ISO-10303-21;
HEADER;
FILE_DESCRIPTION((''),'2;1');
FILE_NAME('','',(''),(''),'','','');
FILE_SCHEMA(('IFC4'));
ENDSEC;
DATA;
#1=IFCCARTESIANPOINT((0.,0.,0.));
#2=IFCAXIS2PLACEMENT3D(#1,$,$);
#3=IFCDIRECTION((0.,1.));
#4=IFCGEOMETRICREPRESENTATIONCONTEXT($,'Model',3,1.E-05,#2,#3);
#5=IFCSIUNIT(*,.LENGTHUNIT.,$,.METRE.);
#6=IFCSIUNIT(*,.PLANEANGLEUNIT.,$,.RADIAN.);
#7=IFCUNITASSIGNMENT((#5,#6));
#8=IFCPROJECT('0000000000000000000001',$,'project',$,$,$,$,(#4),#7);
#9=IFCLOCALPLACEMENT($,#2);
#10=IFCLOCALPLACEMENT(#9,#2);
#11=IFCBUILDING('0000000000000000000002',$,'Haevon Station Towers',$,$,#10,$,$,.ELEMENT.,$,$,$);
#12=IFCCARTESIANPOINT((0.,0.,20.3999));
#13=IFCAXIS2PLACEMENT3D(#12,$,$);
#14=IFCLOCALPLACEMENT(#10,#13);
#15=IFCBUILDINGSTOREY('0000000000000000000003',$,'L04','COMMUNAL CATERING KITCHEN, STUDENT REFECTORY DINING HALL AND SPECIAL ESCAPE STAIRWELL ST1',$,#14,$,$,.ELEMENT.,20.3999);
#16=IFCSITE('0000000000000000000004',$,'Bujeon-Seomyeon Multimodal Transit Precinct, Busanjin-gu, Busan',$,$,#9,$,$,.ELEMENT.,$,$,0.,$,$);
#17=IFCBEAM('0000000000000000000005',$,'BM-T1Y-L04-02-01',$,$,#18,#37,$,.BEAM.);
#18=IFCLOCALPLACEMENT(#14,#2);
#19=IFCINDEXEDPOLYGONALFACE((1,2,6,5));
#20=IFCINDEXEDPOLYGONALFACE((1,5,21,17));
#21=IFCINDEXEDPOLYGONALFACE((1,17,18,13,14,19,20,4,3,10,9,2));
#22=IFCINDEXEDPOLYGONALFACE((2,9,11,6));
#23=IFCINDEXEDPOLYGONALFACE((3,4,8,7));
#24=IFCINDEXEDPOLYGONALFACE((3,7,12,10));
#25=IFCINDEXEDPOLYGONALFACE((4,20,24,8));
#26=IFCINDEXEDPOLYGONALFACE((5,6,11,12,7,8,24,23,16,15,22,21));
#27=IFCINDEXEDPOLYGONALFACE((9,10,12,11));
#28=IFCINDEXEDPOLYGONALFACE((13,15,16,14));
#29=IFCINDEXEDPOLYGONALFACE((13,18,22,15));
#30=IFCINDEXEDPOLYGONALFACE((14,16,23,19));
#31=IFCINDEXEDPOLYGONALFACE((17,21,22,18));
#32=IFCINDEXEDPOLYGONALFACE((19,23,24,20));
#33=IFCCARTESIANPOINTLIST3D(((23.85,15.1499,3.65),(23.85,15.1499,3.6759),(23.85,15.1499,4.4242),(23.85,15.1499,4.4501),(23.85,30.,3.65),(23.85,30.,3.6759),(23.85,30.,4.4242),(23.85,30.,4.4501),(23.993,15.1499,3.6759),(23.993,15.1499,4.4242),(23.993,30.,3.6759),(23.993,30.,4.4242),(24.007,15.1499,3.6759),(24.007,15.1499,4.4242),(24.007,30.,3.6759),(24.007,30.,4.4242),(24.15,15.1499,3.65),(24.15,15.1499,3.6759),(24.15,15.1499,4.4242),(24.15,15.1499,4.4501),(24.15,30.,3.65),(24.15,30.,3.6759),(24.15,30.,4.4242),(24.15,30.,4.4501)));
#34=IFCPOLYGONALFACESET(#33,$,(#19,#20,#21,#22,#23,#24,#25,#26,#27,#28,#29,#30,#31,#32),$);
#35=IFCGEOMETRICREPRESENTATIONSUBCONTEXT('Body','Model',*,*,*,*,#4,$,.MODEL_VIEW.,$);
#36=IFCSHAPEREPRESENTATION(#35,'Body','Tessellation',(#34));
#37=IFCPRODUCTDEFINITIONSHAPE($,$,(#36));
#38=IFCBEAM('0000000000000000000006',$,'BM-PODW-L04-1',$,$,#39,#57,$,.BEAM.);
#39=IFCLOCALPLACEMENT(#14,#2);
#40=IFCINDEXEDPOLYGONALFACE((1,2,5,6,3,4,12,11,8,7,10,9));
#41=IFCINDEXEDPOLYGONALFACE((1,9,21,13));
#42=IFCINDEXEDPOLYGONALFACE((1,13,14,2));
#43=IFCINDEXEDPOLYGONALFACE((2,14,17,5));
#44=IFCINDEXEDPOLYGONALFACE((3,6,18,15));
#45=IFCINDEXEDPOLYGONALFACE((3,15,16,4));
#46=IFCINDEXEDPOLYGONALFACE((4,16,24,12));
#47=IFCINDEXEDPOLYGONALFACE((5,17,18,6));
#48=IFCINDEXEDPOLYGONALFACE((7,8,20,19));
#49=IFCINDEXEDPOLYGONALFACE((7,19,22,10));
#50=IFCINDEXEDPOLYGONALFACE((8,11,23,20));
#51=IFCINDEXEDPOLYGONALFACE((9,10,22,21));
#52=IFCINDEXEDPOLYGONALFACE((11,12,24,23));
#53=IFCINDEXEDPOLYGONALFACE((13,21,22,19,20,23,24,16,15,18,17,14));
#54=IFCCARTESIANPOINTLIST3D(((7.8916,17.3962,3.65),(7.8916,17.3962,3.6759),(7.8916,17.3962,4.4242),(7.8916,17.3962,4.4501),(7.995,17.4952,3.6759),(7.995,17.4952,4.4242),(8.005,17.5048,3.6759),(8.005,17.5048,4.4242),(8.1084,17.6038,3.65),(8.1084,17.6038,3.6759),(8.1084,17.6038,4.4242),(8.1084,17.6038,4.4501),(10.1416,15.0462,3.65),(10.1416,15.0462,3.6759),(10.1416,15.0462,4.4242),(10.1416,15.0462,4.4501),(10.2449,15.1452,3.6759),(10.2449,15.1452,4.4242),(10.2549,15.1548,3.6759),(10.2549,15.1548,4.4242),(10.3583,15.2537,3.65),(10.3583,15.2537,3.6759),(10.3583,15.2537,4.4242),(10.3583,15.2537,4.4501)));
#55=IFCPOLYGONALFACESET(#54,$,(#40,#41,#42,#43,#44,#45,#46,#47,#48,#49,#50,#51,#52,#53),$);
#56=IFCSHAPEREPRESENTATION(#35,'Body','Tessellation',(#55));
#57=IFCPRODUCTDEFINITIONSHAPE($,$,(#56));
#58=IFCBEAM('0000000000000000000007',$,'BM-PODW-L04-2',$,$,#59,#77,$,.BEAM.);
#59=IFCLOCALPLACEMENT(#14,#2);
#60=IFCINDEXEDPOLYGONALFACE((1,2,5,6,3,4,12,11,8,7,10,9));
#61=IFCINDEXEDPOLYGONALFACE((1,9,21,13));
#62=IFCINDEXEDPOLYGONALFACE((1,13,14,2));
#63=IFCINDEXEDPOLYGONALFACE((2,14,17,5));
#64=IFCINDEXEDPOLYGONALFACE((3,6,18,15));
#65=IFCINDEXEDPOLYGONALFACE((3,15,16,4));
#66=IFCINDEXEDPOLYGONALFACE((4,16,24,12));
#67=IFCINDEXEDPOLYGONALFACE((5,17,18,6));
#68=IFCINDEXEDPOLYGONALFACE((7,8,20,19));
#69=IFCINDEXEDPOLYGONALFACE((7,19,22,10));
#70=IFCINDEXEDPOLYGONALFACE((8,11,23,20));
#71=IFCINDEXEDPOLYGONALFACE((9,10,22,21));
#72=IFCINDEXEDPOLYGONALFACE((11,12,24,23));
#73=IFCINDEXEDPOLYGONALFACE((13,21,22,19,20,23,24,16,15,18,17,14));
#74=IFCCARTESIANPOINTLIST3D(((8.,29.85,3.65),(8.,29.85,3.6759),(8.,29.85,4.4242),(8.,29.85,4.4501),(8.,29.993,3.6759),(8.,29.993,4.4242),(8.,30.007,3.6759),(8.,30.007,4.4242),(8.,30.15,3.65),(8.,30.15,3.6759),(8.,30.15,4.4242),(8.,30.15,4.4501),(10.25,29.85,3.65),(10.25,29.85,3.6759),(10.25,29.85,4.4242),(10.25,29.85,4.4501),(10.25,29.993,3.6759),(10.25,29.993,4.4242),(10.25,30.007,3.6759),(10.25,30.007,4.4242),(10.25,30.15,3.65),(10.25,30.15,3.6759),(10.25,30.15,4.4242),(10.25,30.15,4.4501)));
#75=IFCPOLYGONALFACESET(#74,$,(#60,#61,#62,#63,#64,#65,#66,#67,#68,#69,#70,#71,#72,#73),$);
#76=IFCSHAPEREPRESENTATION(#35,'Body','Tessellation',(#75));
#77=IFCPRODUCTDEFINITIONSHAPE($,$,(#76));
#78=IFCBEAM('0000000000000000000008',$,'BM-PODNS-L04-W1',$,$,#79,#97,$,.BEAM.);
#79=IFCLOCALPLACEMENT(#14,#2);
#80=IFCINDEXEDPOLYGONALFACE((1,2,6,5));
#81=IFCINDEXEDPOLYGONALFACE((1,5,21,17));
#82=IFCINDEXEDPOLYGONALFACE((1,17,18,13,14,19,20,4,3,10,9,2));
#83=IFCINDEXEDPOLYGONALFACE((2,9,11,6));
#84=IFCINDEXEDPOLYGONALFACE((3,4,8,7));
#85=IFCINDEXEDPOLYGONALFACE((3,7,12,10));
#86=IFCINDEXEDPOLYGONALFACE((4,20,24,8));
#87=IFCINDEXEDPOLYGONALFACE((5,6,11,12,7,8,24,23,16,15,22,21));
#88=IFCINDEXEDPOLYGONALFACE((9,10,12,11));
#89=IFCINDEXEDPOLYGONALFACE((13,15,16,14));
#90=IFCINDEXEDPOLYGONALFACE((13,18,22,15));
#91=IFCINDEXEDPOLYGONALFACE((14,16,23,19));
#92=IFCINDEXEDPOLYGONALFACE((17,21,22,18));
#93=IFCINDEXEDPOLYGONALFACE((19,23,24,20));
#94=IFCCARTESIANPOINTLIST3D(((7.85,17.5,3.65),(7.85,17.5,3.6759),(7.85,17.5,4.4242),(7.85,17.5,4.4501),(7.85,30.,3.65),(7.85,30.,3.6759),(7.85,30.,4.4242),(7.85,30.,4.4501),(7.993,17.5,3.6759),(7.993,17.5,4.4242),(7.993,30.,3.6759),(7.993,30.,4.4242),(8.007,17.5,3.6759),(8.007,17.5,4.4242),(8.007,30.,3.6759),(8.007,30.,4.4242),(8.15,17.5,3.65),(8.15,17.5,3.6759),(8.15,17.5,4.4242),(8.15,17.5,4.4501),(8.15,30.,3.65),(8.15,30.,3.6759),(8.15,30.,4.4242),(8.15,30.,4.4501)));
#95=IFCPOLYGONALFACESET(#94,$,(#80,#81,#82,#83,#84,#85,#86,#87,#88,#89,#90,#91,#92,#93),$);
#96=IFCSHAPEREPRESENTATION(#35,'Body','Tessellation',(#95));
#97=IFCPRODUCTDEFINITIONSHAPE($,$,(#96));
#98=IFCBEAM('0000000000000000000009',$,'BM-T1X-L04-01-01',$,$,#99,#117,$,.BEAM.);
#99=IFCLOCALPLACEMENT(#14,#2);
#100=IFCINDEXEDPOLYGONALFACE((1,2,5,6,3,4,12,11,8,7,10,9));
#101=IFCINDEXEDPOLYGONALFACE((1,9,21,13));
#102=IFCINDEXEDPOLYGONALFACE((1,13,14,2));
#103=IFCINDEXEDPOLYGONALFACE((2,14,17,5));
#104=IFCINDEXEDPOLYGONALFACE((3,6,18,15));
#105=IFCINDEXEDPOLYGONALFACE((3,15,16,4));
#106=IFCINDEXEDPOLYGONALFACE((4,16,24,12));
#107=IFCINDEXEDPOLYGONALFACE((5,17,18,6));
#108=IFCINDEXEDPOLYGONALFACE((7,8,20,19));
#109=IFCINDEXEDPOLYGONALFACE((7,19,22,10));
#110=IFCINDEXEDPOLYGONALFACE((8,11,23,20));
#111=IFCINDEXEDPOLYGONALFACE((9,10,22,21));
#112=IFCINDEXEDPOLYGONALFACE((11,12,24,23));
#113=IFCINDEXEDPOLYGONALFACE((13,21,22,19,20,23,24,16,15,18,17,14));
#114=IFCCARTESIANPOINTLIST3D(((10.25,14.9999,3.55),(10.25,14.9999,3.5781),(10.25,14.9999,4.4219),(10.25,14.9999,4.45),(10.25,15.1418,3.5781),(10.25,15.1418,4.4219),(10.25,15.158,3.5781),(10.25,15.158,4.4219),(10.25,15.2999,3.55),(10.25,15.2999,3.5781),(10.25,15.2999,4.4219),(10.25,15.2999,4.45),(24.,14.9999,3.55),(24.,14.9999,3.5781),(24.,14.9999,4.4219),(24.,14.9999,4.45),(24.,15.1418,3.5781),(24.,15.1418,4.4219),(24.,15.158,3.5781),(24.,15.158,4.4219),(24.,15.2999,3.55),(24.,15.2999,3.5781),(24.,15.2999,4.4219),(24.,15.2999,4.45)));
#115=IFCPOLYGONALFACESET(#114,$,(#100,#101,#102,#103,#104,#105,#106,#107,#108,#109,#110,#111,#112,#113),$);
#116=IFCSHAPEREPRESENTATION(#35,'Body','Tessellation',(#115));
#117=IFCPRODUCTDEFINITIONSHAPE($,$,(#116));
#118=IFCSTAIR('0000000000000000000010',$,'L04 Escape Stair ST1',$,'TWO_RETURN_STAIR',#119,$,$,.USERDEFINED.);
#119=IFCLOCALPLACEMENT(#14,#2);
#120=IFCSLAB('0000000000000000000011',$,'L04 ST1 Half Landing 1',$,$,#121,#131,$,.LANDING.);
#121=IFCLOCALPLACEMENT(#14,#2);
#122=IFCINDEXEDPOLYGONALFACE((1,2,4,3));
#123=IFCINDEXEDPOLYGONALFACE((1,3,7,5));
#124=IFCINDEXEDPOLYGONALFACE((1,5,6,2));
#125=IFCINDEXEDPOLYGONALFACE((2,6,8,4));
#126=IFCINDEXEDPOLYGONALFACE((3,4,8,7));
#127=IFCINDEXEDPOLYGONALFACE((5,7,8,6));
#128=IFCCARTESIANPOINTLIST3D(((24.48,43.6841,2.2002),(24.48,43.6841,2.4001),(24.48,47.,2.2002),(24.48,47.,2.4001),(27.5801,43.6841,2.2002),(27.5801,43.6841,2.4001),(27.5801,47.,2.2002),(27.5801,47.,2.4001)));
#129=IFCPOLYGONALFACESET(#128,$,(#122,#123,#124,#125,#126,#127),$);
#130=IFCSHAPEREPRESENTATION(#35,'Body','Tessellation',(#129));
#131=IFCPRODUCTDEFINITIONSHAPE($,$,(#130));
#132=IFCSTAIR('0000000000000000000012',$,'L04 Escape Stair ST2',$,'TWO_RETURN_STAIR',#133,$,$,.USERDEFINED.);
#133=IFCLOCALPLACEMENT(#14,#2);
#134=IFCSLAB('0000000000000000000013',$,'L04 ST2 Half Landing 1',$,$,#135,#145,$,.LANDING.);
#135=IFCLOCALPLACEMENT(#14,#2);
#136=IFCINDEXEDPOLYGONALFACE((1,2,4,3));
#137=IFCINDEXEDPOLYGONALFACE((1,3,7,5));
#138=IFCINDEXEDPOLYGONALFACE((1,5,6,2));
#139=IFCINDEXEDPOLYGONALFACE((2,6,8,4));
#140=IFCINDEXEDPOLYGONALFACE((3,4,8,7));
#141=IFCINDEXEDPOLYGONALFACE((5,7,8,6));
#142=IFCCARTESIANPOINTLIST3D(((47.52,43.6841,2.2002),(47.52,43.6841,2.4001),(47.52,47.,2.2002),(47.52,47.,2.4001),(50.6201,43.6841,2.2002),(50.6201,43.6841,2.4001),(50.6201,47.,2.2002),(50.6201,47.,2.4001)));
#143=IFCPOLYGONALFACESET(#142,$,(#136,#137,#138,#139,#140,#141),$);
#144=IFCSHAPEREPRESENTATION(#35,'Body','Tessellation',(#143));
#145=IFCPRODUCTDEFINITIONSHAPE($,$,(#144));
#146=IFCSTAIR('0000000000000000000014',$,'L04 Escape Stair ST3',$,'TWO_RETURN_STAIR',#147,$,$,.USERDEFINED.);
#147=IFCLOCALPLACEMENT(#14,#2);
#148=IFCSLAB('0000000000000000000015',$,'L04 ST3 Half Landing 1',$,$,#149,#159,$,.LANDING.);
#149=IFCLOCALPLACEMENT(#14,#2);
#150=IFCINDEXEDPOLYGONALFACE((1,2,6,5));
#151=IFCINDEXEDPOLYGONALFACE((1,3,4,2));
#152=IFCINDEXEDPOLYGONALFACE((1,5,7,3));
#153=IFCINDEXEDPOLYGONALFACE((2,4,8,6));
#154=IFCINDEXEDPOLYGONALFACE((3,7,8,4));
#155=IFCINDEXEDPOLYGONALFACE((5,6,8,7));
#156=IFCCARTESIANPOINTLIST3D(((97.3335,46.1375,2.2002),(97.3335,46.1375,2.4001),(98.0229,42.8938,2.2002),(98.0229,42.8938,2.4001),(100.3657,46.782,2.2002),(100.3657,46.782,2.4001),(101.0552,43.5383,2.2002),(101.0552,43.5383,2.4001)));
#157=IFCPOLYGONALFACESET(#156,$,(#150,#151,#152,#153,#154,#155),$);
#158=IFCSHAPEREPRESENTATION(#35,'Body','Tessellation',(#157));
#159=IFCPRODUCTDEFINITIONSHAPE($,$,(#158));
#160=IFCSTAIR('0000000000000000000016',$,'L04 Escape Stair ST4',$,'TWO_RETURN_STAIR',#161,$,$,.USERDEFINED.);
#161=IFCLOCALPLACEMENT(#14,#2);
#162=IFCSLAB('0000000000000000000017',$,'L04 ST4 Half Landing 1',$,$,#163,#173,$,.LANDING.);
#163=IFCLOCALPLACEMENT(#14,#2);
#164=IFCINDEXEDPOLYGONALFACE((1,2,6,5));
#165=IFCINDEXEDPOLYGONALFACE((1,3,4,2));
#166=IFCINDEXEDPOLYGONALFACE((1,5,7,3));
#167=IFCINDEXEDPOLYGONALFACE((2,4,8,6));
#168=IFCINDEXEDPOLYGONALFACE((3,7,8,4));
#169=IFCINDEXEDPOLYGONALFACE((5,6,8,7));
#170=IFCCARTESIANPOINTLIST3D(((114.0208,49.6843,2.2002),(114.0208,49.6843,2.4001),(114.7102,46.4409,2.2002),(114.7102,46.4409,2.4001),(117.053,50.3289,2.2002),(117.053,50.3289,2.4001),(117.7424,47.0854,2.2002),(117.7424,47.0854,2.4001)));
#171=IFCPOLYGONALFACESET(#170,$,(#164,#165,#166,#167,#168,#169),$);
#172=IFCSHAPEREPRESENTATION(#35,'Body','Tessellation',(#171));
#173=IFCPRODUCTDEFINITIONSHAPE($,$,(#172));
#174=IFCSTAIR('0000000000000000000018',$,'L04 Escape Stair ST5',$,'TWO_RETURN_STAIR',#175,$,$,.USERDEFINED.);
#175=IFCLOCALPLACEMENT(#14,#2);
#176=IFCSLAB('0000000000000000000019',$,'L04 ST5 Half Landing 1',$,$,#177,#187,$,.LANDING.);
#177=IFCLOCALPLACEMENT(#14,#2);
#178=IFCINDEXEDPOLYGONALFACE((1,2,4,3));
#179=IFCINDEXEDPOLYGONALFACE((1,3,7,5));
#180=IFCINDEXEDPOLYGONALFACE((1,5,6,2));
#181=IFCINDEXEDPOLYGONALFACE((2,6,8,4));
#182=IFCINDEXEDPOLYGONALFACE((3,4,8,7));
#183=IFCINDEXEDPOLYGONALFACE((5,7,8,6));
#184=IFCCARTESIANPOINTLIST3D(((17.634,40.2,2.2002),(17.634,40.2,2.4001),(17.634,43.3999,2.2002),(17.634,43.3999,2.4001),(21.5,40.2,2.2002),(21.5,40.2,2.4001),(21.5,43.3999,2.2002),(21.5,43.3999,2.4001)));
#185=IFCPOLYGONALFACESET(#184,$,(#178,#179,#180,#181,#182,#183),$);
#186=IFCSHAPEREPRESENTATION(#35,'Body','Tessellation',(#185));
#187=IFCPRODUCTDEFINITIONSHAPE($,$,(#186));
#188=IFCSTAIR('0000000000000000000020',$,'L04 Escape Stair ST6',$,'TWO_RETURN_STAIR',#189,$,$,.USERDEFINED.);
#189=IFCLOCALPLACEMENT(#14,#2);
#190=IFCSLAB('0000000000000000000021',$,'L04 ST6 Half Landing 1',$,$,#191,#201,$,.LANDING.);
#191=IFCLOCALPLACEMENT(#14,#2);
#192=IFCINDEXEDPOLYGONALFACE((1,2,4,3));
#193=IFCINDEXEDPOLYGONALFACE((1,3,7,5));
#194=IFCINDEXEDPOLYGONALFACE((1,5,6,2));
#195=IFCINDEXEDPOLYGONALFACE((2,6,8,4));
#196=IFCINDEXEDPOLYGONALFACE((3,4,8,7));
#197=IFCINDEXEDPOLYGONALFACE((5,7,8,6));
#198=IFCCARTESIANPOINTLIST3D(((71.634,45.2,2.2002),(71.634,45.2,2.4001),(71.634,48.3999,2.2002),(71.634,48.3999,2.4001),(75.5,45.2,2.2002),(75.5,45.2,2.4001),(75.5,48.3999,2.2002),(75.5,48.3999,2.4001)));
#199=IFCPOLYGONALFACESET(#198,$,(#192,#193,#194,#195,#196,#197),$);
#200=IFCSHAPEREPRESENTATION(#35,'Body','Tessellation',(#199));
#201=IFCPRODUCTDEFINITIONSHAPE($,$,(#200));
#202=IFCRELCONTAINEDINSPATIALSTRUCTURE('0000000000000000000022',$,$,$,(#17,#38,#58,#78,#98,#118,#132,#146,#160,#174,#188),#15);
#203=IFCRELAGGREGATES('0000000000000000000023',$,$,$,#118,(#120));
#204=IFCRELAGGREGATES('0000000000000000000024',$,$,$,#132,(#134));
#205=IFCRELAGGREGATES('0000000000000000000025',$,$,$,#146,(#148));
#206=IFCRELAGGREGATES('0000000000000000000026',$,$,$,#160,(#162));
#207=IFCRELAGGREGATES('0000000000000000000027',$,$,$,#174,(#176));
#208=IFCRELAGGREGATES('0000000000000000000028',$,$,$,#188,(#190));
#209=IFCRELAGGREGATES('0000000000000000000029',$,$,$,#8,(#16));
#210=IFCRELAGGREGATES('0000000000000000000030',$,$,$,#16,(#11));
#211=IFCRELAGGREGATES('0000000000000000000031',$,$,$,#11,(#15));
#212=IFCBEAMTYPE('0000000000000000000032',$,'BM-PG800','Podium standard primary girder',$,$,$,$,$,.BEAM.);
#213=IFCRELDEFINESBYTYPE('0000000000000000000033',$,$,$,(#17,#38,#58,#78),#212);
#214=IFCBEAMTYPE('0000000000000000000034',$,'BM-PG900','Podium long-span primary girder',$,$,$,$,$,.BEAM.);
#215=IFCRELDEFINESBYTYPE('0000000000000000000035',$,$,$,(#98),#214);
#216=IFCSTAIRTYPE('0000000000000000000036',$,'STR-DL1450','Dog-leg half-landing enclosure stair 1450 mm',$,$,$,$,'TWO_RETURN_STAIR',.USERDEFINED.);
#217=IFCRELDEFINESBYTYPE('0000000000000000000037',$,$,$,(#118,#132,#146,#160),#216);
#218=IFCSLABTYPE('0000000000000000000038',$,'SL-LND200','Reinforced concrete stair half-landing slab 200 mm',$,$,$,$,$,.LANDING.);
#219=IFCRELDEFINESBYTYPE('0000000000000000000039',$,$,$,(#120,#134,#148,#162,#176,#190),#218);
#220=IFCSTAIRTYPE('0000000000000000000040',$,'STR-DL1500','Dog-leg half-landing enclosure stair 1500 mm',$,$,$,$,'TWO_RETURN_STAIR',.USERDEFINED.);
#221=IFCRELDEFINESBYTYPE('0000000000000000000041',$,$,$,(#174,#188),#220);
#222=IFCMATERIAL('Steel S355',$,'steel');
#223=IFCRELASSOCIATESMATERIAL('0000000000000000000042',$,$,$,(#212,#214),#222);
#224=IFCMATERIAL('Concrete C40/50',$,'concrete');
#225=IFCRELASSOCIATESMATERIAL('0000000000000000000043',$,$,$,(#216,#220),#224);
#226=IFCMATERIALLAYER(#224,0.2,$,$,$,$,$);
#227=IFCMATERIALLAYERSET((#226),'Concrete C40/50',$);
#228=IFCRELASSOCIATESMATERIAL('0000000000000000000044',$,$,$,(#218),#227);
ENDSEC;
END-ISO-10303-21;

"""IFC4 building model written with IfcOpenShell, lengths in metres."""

from ifc_helpers import new_model, si_unit, direction, frame, origin, origin_2d, place, context, subcontext, project, spatial, polyline, i_section, outline, extrude, material, layer, layer_set, material_profile, profile_set, type_object, element, aggregate, save


model = new_model("IFC4")

# Units and contexts
model_context = context("Model", 3, precision=1e-05, world=origin(), true_north=direction((0.0, 1.0)))
body_context = subcontext(model_context, "Body", "Model", "MODEL_VIEW")
ifc_project = project(units=[si_unit("LENGTHUNIT", "METRE"), si_unit("PLANEANGLEUNIT", "RADIAN")], contexts=[model_context])

# Site, building, storey
site_placement = place(None, origin())
site = spatial("IfcSite", under=ifc_project, at=site_placement, Name="Bujeon-Seomyeon Multimodal Transit Precinct, Busanjin-gu, Busan", CompositionType="ELEMENT", RefElevation=0.0)
building_placement = place(site_placement, origin())
building = spatial("IfcBuilding", under=site, at=building_placement, Name="Haevon Station Towers", CompositionType="ELEMENT")
storey_placement = place(building_placement, frame((0.0, 0.0, 20.3999)))
storey = spatial("IfcBuildingStorey", under=building, at=storey_placement, Name="L04", Description="COMMUNAL CATERING KITCHEN, STUDENT REFECTORY DINING HALL AND SPECIAL ESCAPE STAIRWELL ST1", CompositionType="ELEMENT", Elevation=20.3999)

# Beams
ifc_material_1 = material(Name="Steel S355", Category="steel")
ifc_material_profile_1 = material_profile(ifc_material_1, i_section(OverallWidth=0.3, OverallDepth=0.8, WebThickness=0.0139, FlangeThickness=0.0259, at=origin_2d()), Name="H-800x300x14x26")
ifc_profile_set_1 = profile_set([ifc_material_profile_1], Name="Steel S355")
beam_type_1 = type_object("IfcBeamType", Name="BM-PG800", Description="Podium standard primary girder", PredefinedType="BEAM", material=ifc_profile_set_1)
for number, where, z_axis, x_axis, name in (
    (1, (24.0, 15.1499, 4.05), (0.0, 1.0, 0.0), (-1.0, 0.0, 0.0), "BM-T1Y-L04-02-01"),
):
    element("IfcBeam", number, at=place(storey_placement, frame(where, z_axis=z_axis, x_axis=x_axis)), inside=storey, type_object=beam_type_1, Name=name, PredefinedType="BEAM", context=body_context, shape_type="SweptSolid", body=[
        extrude(i_section(OverallWidth=0.3, OverallDepth=0.8, WebThickness=0.0139, FlangeThickness=0.0259, at=origin_2d()), origin(), (0.0, 0.0, 1.0), 14.8501),
    ])
beam_1_placement = place(storey_placement, frame((8.0, 17.5, 4.05), z_axis=(0.691557, -0.722322, 0.0), x_axis=(0.722322, 0.691557, 0.0)))
element("IfcBeam", 2, at=beam_1_placement, inside=storey, type_object=beam_type_1, Name="BM-PODW-L04-1", PredefinedType="BEAM", context=body_context, shape_type="SweptSolid", body=[
    extrude(i_section(OverallWidth=0.3, OverallDepth=0.8, WebThickness=0.0139, FlangeThickness=0.0259, at=origin_2d()), origin(), (0.0, 0.0, 1.0), 3.2534),
])
beam_2_placement = place(storey_placement, frame((8.0, 30.0, 4.05), z_axis=(1.0, 0.0, 0.0), x_axis=(0.0, 1.0, 0.0)))
element("IfcBeam", 3, at=beam_2_placement, inside=storey, type_object=beam_type_1, Name="BM-PODW-L04-2", PredefinedType="BEAM", context=body_context, shape_type="SweptSolid", body=[
    extrude(i_section(OverallWidth=0.3, OverallDepth=0.8, WebThickness=0.0139, FlangeThickness=0.0259, at=origin_2d()), origin(), (0.0, 0.0, 1.0), 2.25),
])
beam_3_placement = place(storey_placement, frame((8.0, 17.5, 4.05), z_axis=(0.0, 1.0, 0.0), x_axis=(-1.0, 0.0, 0.0)))
element("IfcBeam", 4, at=beam_3_placement, inside=storey, type_object=beam_type_1, Name="BM-PODNS-L04-W1", PredefinedType="BEAM", context=body_context, shape_type="SweptSolid", body=[
    extrude(i_section(OverallWidth=0.3, OverallDepth=0.8, WebThickness=0.0139, FlangeThickness=0.0259, at=origin_2d()), origin(), (0.0, 0.0, 1.0), 12.5),
])
ifc_material_profile_2 = material_profile(ifc_material_1, i_section(OverallWidth=0.3, OverallDepth=0.8999, WebThickness=0.0161, FlangeThickness=0.0281, at=origin_2d()), Name="H-900x300x16x28")
ifc_profile_set_2 = profile_set([ifc_material_profile_2], Name="Steel S355")
beam_type_2 = type_object("IfcBeamType", Name="BM-PG900", Description="Podium long-span primary girder", PredefinedType="BEAM", material=ifc_profile_set_2)
beam_4_placement = place(storey_placement, frame((10.25, 15.1499, 4.0), z_axis=(1.0, 0.0, 0.0), x_axis=(0.0, 1.0, 0.0)))
element("IfcBeam", 5, at=beam_4_placement, inside=storey, type_object=beam_type_2, Name="BM-T1X-L04-01-01", PredefinedType="BEAM", context=body_context, shape_type="SweptSolid", body=[
    extrude(i_section(OverallWidth=0.3, OverallDepth=0.8999, WebThickness=0.0161, FlangeThickness=0.0281, at=origin_2d()), origin(), (0.0, 0.0, 1.0), 13.75),
])

# Stairs, slabs
ifc_material_2 = material(Name="Concrete C40/50", Category="concrete")
stair_type_1 = type_object("IfcStairType", Name="STR-DL1450", Description="Dog-leg half-landing enclosure stair 1450 mm", ElementType="TWO_RETURN_STAIR", PredefinedType="USERDEFINED", material=ifc_material_2)
stair_1_placement = place(storey_placement, origin())
stair_1 = element("IfcStair", 6, at=stair_1_placement, inside=storey, type_object=stair_type_1, Name="L04 Escape Stair ST1", ObjectType="TWO_RETURN_STAIR", PredefinedType="USERDEFINED")
ifc_layer_1 = layer(ifc_material_2, 0.2)
ifc_layer_set_1 = layer_set([ifc_layer_1], Name="Concrete C40/50")
slab_type_1 = type_object("IfcSlabType", Name="SL-LND200", Description="Reinforced concrete stair half-landing slab 200 mm", PredefinedType="LANDING", material=ifc_layer_set_1)
slab_1_placement = place(storey_placement, frame((0.0, 0.0, 2.2002)))
slab_1 = element("IfcSlab", 7, at=slab_1_placement, type_object=slab_type_1, Name="L04 ST1 Half Landing 1", PredefinedType="LANDING", context=body_context, shape_type="SweptSolid", body=[
    extrude(outline(polyline([(27.5801, 43.6841), (27.5801, 47.0), (24.48, 47.0), (24.48, 43.6841), (27.5801, 43.6841)])), origin(), (0.0, 0.0, 1.0), 0.2),
])
aggregate(stair_1, [slab_1])
stair_2_placement = place(storey_placement, origin())
stair_2 = element("IfcStair", 8, at=stair_2_placement, inside=storey, type_object=stair_type_1, Name="L04 Escape Stair ST2", ObjectType="TWO_RETURN_STAIR", PredefinedType="USERDEFINED")
slab_2_placement = place(storey_placement, frame((0.0, 0.0, 2.2002)))
slab_2 = element("IfcSlab", 9, at=slab_2_placement, type_object=slab_type_1, Name="L04 ST2 Half Landing 1", PredefinedType="LANDING", context=body_context, shape_type="SweptSolid", body=[
    extrude(outline(polyline([(50.6201, 43.6841), (50.6201, 47.0), (47.52, 47.0), (47.52, 43.6841), (50.6201, 43.6841)])), origin(), (0.0, 0.0, 1.0), 0.2),
])
aggregate(stair_2, [slab_2])
stair_3_placement = place(storey_placement, origin())
stair_3 = element("IfcStair", 10, at=stair_3_placement, inside=storey, type_object=stair_type_1, Name="L04 Escape Stair ST3", ObjectType="TWO_RETURN_STAIR", PredefinedType="USERDEFINED")
slab_3_placement = place(storey_placement, frame((0.0, 0.0, 2.2002)))
slab_3 = element("IfcSlab", 11, at=slab_3_placement, type_object=slab_type_1, Name="L04 ST3 Half Landing 1", PredefinedType="LANDING", context=body_context, shape_type="SweptSolid", body=[
    extrude(outline(polyline([(101.0552, 43.5383), (100.3657, 46.782), (97.3335, 46.1375), (98.0229, 42.8938), (101.0552, 43.5383)])), origin(), (0.0, 0.0, 1.0), 0.2),
])
aggregate(stair_3, [slab_3])
stair_4_placement = place(storey_placement, origin())
stair_4 = element("IfcStair", 12, at=stair_4_placement, inside=storey, type_object=stair_type_1, Name="L04 Escape Stair ST4", ObjectType="TWO_RETURN_STAIR", PredefinedType="USERDEFINED")
slab_4_placement = place(storey_placement, frame((0.0, 0.0, 2.2002)))
slab_4 = element("IfcSlab", 13, at=slab_4_placement, type_object=slab_type_1, Name="L04 ST4 Half Landing 1", PredefinedType="LANDING", context=body_context, shape_type="SweptSolid", body=[
    extrude(outline(polyline([(117.7424, 47.0854), (117.053, 50.3289), (114.0208, 49.6843), (114.7102, 46.4409), (117.7424, 47.0854)])), origin(), (0.0, 0.0, 1.0), 0.2),
])
aggregate(stair_4, [slab_4])
stair_type_2 = type_object("IfcStairType", Name="STR-DL1500", Description="Dog-leg half-landing enclosure stair 1500 mm", ElementType="TWO_RETURN_STAIR", PredefinedType="USERDEFINED", material=ifc_material_2)
stair_5_placement = place(storey_placement, origin())
stair_5 = element("IfcStair", 14, at=stair_5_placement, inside=storey, type_object=stair_type_2, Name="L04 Escape Stair ST5", ObjectType="TWO_RETURN_STAIR", PredefinedType="USERDEFINED")
slab_5_placement = place(storey_placement, frame((0.0, 0.0, 2.2002)))
slab_5 = element("IfcSlab", 15, at=slab_5_placement, type_object=slab_type_1, Name="L04 ST5 Half Landing 1", PredefinedType="LANDING", context=body_context, shape_type="SweptSolid", body=[
    extrude(outline(polyline([(17.634, 40.2), (21.5, 40.2), (21.5, 43.3999), (17.634, 43.3999), (17.634, 40.2)])), origin(), (0.0, 0.0, 1.0), 0.2),
])
aggregate(stair_5, [slab_5])
stair_6_placement = place(storey_placement, origin())
stair_6 = element("IfcStair", 16, at=stair_6_placement, inside=storey, type_object=stair_type_2, Name="L04 Escape Stair ST6", ObjectType="TWO_RETURN_STAIR", PredefinedType="USERDEFINED")
slab_6_placement = place(storey_placement, frame((0.0, 0.0, 2.2002)))
slab_6 = element("IfcSlab", 17, at=slab_6_placement, type_object=slab_type_1, Name="L04 ST6 Half Landing 1", PredefinedType="LANDING", context=body_context, shape_type="SweptSolid", body=[
    extrude(outline(polyline([(71.634, 45.2), (75.5, 45.2), (75.5, 48.3999), (71.634, 48.3999), (71.634, 45.2)])), origin(), (0.0, 0.0, 1.0), 0.2),
])
aggregate(stair_6, [slab_6])

save(model, "model.ifc")
